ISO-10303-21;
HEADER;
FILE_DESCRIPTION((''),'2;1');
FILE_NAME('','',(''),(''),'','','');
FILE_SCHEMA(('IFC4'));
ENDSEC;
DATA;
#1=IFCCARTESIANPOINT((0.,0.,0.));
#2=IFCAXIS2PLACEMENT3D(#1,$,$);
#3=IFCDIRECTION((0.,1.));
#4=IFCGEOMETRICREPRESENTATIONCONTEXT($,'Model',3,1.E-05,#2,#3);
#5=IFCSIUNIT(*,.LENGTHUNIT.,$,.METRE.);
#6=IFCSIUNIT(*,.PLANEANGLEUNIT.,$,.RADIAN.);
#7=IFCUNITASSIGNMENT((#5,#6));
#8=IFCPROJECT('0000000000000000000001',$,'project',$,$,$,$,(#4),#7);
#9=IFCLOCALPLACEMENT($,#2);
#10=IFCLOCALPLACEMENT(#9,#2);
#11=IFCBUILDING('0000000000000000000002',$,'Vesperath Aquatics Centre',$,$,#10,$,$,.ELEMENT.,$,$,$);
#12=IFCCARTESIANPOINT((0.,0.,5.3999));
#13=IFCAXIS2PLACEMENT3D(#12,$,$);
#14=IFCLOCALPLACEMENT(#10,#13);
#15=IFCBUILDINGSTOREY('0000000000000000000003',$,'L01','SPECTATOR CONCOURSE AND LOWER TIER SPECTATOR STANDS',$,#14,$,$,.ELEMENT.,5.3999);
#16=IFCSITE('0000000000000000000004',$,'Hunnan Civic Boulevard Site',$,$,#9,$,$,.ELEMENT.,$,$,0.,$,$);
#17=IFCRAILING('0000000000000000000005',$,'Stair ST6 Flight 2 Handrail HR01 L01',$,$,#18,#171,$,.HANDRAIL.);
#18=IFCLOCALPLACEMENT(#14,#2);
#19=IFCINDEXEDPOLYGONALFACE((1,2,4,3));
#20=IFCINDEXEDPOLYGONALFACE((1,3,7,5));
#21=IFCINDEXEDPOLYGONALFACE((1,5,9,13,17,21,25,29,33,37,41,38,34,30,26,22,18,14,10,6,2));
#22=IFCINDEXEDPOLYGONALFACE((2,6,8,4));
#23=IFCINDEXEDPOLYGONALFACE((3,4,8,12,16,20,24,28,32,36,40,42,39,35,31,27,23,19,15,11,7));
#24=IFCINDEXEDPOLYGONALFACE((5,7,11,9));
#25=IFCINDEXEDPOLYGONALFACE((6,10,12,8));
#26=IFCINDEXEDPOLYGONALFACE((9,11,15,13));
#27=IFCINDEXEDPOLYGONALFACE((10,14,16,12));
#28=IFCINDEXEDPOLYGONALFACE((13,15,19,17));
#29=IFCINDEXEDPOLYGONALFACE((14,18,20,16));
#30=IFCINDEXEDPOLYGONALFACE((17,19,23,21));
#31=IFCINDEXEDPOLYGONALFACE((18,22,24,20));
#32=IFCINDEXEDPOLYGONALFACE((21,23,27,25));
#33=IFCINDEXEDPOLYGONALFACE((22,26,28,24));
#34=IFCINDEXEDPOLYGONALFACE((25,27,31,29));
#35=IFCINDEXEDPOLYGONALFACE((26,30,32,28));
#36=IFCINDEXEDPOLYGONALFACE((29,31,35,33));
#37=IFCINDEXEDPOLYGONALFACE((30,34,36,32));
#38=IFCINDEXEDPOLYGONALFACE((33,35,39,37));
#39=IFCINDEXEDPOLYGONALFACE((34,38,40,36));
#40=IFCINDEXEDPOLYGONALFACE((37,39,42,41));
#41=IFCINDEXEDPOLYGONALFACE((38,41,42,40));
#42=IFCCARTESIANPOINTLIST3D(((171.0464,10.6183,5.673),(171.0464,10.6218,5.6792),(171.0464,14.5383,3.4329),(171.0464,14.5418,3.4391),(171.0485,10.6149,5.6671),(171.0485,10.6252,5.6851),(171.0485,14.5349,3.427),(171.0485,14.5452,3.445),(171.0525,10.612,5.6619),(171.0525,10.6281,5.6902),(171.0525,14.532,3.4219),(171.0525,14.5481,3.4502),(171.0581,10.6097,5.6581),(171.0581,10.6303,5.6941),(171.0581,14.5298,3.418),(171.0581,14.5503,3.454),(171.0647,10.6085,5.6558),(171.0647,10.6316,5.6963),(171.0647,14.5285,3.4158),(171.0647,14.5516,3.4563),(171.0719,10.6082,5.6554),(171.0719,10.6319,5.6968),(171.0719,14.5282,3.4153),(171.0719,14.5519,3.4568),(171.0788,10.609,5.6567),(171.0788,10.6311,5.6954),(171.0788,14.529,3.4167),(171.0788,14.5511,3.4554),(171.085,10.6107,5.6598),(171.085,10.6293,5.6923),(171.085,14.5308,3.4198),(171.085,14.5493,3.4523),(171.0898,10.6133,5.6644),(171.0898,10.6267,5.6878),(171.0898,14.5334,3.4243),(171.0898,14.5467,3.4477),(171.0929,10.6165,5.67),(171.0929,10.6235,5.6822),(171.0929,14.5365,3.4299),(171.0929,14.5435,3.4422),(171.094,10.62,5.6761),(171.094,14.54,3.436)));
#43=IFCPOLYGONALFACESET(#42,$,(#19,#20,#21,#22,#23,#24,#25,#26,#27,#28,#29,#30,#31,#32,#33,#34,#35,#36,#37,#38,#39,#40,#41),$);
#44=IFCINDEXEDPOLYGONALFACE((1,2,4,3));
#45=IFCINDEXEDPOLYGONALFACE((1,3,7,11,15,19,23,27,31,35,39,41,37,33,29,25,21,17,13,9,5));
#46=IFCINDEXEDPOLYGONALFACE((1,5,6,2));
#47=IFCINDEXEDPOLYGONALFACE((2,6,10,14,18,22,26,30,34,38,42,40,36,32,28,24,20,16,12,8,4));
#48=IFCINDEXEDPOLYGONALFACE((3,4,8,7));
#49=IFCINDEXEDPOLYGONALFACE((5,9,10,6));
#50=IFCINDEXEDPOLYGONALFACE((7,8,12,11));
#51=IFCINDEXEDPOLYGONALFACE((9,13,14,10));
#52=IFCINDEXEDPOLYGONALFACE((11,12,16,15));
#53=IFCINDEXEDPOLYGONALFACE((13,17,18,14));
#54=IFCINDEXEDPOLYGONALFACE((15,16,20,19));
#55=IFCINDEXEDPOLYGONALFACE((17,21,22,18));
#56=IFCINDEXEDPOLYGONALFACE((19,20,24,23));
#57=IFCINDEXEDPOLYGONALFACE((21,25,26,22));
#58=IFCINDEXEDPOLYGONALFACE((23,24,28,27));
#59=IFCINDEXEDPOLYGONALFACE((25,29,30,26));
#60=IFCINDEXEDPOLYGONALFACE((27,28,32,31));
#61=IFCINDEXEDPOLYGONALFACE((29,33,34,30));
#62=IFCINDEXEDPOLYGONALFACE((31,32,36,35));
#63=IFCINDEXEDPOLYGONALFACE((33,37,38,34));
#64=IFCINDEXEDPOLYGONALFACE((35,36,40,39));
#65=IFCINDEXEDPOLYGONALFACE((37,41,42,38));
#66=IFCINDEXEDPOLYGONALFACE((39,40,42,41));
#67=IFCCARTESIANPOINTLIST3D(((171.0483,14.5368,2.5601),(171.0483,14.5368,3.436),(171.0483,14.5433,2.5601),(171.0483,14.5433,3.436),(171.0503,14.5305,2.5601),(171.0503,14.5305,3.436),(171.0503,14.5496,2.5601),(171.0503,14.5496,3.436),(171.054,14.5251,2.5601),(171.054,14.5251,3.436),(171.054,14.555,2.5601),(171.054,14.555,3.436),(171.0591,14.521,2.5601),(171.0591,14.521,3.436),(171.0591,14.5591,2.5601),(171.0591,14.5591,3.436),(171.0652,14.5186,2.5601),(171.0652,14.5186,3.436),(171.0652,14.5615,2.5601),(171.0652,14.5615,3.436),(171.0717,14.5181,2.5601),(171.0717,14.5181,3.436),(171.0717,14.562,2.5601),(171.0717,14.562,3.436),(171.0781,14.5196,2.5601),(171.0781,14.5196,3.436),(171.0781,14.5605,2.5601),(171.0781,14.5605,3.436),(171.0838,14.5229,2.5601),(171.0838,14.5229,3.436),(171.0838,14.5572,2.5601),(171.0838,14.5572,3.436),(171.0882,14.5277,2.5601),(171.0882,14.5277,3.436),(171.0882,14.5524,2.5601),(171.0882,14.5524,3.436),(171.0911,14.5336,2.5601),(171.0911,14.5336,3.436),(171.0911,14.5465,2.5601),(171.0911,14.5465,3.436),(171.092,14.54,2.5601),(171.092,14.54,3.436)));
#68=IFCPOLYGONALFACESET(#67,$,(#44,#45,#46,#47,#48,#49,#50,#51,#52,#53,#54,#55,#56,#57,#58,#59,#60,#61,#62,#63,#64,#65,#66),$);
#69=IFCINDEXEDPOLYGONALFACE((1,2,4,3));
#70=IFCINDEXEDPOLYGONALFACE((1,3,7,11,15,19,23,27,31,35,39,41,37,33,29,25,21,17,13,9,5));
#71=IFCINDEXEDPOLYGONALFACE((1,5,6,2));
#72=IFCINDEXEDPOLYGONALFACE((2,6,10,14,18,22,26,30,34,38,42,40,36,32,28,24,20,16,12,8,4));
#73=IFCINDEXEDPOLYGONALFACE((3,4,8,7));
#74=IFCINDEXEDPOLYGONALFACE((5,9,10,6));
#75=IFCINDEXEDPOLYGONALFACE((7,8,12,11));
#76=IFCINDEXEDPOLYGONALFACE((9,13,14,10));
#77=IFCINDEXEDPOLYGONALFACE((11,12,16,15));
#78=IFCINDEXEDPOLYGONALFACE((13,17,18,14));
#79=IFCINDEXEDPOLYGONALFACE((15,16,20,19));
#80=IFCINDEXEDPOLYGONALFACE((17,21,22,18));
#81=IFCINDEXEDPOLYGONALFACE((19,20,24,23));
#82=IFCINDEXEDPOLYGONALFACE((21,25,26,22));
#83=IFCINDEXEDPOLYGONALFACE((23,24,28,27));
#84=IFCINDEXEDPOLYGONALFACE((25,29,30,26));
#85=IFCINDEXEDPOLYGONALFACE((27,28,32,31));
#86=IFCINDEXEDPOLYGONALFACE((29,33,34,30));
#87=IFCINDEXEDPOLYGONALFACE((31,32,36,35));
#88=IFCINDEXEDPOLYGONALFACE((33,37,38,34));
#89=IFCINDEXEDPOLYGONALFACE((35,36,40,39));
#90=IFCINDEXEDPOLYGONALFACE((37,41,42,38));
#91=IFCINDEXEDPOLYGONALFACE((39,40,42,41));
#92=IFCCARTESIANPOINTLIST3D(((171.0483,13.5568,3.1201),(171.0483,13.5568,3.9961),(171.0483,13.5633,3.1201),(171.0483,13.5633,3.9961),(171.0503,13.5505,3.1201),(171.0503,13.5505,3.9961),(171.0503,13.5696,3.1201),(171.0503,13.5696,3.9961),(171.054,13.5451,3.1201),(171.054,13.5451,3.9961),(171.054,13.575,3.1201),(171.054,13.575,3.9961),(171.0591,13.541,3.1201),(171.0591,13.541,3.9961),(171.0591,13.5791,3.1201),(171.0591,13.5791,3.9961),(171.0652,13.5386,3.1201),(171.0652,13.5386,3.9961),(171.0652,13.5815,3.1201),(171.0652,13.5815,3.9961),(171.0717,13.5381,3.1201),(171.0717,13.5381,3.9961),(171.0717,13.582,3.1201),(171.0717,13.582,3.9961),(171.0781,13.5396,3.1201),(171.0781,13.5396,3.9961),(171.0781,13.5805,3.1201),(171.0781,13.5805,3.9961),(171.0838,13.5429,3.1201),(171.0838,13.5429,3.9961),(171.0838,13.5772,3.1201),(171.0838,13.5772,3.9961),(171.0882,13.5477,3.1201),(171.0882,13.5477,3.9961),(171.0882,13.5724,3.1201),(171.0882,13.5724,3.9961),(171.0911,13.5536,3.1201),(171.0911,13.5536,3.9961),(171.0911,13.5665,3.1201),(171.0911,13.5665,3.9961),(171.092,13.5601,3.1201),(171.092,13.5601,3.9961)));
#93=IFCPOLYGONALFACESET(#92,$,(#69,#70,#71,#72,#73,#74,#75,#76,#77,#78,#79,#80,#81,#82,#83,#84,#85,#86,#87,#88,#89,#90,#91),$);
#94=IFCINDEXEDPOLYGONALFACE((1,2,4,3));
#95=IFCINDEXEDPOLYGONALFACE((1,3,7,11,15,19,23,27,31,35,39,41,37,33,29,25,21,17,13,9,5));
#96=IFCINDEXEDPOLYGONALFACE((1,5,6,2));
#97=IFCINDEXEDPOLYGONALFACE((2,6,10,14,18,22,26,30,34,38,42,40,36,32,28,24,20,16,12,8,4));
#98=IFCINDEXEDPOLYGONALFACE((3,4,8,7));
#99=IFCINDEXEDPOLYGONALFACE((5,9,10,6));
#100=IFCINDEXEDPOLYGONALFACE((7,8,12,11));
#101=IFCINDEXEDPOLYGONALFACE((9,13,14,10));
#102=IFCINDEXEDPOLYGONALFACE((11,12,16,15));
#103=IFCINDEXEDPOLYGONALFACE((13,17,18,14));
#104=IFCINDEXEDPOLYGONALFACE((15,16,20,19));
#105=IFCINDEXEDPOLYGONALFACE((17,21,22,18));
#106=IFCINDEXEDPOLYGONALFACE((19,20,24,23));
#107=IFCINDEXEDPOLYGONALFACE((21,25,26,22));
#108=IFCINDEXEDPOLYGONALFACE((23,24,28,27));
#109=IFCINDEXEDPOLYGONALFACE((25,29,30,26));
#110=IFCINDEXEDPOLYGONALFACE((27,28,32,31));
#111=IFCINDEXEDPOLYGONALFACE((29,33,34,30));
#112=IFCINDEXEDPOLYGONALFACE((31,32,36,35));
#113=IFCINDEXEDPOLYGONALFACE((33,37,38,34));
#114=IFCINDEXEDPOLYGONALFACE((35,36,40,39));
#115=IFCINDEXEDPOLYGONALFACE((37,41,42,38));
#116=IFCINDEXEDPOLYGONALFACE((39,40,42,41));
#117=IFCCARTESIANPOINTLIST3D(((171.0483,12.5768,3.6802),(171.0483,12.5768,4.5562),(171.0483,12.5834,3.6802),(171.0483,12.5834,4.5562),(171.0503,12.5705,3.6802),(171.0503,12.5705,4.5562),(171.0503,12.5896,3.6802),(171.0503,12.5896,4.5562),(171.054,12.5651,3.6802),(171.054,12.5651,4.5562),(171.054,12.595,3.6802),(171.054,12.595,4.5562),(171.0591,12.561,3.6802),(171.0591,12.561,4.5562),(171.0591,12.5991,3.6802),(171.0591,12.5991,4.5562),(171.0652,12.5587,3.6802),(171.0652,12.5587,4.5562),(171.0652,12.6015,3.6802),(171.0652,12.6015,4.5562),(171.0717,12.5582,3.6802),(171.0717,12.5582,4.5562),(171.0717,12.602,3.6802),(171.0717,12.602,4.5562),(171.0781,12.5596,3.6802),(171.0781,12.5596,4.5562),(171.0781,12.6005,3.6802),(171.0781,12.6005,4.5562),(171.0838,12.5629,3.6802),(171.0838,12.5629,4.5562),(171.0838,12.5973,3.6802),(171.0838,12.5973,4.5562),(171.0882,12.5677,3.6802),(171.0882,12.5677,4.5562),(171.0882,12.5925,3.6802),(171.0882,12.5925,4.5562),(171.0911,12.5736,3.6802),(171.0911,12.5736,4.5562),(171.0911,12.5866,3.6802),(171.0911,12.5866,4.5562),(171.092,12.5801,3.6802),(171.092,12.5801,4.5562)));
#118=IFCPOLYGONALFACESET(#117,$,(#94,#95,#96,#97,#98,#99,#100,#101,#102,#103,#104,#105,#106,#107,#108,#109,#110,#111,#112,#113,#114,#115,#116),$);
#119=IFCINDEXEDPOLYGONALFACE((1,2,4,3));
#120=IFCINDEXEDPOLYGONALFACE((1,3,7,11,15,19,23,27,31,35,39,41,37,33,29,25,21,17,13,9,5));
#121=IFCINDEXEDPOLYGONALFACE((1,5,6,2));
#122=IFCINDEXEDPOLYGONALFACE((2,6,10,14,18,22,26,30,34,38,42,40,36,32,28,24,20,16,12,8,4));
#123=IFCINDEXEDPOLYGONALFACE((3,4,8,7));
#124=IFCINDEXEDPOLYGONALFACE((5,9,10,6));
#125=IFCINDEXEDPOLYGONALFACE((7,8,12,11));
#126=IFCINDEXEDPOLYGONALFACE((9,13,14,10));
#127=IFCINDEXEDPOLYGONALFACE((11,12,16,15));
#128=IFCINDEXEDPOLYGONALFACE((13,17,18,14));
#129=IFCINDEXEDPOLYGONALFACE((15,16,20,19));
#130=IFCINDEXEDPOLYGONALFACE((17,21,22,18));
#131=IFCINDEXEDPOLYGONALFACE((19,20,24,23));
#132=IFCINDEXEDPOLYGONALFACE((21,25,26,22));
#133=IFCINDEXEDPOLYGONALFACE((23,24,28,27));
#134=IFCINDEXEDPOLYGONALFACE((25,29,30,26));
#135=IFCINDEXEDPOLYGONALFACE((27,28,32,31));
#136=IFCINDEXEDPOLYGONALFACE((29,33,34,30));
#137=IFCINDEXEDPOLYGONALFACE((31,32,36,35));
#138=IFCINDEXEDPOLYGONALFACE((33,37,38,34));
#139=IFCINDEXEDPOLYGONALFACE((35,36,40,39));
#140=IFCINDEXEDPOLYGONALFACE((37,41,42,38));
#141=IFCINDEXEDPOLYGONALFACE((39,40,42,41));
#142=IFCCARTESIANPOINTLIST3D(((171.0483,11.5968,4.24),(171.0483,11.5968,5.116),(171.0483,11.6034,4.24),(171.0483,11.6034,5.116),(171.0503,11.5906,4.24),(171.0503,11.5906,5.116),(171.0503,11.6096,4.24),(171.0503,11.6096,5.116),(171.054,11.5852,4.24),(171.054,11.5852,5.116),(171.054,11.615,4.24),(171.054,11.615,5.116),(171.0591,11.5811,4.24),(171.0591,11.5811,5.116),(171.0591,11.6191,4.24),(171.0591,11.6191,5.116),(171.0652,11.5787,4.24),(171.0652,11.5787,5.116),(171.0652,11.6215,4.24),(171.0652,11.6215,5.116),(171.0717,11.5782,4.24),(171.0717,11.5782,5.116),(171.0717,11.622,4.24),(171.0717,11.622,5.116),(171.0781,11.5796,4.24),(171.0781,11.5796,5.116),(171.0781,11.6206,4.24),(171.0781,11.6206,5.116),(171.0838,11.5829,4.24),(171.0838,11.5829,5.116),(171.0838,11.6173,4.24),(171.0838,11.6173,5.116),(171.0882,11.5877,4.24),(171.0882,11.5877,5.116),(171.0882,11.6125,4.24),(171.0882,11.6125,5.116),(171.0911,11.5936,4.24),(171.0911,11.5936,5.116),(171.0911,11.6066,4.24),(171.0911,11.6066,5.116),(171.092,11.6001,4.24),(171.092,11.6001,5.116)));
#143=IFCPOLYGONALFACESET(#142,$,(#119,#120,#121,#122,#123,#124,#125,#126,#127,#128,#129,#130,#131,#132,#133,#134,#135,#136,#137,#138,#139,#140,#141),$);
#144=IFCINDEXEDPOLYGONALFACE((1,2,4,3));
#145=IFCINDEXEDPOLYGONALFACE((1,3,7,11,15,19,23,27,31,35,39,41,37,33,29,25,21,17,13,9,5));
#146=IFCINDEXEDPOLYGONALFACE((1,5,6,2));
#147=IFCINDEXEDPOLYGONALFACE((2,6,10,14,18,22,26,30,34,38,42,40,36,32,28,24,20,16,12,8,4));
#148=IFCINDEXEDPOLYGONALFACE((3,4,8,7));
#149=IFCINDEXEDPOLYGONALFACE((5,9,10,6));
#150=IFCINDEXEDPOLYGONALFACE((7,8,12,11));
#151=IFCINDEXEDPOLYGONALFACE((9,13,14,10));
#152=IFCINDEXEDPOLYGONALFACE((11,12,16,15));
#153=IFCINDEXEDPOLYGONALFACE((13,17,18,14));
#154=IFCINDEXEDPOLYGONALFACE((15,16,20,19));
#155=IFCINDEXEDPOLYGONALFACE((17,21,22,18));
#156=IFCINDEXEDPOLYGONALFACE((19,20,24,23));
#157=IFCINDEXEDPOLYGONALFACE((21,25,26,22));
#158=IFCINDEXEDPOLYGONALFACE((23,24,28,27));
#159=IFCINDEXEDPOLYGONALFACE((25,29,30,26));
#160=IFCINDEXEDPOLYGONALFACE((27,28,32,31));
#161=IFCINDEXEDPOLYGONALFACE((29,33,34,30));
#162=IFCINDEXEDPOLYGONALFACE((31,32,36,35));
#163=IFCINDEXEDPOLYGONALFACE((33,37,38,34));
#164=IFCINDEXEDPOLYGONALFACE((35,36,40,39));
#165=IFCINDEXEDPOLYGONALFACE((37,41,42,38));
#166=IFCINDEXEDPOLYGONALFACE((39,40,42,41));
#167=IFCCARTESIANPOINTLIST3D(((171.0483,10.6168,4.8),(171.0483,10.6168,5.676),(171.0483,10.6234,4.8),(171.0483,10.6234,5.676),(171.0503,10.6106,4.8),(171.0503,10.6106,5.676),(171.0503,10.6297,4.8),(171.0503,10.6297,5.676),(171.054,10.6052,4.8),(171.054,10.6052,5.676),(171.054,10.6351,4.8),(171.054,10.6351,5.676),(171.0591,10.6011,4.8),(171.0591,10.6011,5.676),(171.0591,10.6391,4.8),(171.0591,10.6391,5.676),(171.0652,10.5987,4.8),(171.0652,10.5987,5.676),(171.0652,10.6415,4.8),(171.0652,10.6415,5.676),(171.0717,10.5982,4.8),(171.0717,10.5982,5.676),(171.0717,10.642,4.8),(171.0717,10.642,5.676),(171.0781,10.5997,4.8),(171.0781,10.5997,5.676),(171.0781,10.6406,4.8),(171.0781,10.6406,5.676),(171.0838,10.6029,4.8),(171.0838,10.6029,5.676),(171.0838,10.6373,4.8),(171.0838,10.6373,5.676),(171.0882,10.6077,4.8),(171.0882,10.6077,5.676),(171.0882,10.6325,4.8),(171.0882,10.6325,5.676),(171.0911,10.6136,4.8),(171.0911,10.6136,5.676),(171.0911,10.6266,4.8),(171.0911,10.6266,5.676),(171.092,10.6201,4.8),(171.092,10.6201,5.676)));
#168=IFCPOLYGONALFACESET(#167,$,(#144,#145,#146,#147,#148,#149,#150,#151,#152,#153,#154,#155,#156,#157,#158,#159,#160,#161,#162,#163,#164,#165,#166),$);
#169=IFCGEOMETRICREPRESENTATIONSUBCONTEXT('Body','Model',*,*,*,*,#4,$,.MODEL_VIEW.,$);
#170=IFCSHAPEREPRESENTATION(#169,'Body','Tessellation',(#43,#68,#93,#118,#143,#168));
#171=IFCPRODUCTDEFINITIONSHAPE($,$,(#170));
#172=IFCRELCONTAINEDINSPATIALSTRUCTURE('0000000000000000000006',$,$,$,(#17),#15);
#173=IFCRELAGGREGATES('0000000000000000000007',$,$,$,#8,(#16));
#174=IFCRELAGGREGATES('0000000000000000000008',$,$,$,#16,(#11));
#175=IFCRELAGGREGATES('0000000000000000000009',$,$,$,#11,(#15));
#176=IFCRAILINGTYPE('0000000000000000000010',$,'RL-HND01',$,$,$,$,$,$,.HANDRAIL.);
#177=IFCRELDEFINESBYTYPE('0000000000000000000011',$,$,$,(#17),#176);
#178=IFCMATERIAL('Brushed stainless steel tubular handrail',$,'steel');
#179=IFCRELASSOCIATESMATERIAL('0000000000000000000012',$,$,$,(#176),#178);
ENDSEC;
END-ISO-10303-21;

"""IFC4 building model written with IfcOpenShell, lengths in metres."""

from ifc_helpers import new_model, si_unit, direction, frame, origin, origin_2d, place, context, subcontext, project, spatial, circle, extrude, material, type_object, element, save


model = new_model("IFC4")

# Units and contexts
model_context = context("Model", 3, precision=1e-05, world=origin(), true_north=direction((0.0, 1.0)))
body_context = subcontext(model_context, "Body", "Model", "MODEL_VIEW")
ifc_project = project(units=[si_unit("LENGTHUNIT", "METRE"), si_unit("PLANEANGLEUNIT", "RADIAN")], contexts=[model_context])

# Site, building, storey
site_placement = place(None, origin())
site = spatial("IfcSite", under=ifc_project, at=site_placement, Name="Hunnan Civic Boulevard Site", CompositionType="ELEMENT", RefElevation=0.0)
building_placement = place(site_placement, origin())
building = spatial("IfcBuilding", under=site, at=building_placement, Name="Vesperath Aquatics Centre", CompositionType="ELEMENT")
storey_placement = place(building_placement, frame((0.0, 0.0, 5.3999)))
storey = spatial("IfcBuildingStorey", under=building, at=storey_placement, Name="L01", Description="SPECTATOR CONCOURSE AND LOWER TIER SPECTATOR STANDS", CompositionType="ELEMENT", Elevation=5.3999)

# Railing
ifc_material_1 = material(Name="Brushed stainless steel tubular handrail", Category="steel")
railing_type_1 = type_object("IfcRailingType", Name="RL-HND01", PredefinedType="HANDRAIL", material=ifc_material_1)
railing_1_placement = place(storey_placement, frame((171.0701, 14.54, 2.5601)))
element("IfcRailing", 1, at=railing_1_placement, inside=storey, type_object=railing_type_1, Name="Stair ST6 Flight 2 Handrail HR01 L01", PredefinedType="HANDRAIL", context=body_context, shape_type="SweptSolid", body=[
    extrude(circle(Radius=0.0239, at=origin_2d()), frame((0.0, 0.0, 0.876), z_axis=(0.0, -0.86824, 0.496145), x_axis=(1.0, 0.0, 0.0)), (0.0, 0.0, 1.0), 4.5149),
    extrude(circle(Radius=0.022, at=origin_2d()), origin(), (0.0, 0.0, 1.0), 0.876),
    extrude(circle(Radius=0.022, at=origin_2d()), frame((0.0, -0.98, 0.5601)), (0.0, 0.0, 1.0), 0.876),
    extrude(circle(Radius=0.022, at=origin_2d()), frame((0.0, -1.96, 1.1201)), (0.0, 0.0, 1.0), 0.876),
    extrude(circle(Radius=0.022, at=origin_2d()), frame((0.0, -2.9399, 1.6799)), (0.0, 0.0, 1.0), 0.876),
    extrude(circle(Radius=0.022, at=origin_2d()), frame((0.0, -3.9199, 2.24)), (0.0, 0.0, 1.0), 0.876),
])

save(model, "model.ifc")
